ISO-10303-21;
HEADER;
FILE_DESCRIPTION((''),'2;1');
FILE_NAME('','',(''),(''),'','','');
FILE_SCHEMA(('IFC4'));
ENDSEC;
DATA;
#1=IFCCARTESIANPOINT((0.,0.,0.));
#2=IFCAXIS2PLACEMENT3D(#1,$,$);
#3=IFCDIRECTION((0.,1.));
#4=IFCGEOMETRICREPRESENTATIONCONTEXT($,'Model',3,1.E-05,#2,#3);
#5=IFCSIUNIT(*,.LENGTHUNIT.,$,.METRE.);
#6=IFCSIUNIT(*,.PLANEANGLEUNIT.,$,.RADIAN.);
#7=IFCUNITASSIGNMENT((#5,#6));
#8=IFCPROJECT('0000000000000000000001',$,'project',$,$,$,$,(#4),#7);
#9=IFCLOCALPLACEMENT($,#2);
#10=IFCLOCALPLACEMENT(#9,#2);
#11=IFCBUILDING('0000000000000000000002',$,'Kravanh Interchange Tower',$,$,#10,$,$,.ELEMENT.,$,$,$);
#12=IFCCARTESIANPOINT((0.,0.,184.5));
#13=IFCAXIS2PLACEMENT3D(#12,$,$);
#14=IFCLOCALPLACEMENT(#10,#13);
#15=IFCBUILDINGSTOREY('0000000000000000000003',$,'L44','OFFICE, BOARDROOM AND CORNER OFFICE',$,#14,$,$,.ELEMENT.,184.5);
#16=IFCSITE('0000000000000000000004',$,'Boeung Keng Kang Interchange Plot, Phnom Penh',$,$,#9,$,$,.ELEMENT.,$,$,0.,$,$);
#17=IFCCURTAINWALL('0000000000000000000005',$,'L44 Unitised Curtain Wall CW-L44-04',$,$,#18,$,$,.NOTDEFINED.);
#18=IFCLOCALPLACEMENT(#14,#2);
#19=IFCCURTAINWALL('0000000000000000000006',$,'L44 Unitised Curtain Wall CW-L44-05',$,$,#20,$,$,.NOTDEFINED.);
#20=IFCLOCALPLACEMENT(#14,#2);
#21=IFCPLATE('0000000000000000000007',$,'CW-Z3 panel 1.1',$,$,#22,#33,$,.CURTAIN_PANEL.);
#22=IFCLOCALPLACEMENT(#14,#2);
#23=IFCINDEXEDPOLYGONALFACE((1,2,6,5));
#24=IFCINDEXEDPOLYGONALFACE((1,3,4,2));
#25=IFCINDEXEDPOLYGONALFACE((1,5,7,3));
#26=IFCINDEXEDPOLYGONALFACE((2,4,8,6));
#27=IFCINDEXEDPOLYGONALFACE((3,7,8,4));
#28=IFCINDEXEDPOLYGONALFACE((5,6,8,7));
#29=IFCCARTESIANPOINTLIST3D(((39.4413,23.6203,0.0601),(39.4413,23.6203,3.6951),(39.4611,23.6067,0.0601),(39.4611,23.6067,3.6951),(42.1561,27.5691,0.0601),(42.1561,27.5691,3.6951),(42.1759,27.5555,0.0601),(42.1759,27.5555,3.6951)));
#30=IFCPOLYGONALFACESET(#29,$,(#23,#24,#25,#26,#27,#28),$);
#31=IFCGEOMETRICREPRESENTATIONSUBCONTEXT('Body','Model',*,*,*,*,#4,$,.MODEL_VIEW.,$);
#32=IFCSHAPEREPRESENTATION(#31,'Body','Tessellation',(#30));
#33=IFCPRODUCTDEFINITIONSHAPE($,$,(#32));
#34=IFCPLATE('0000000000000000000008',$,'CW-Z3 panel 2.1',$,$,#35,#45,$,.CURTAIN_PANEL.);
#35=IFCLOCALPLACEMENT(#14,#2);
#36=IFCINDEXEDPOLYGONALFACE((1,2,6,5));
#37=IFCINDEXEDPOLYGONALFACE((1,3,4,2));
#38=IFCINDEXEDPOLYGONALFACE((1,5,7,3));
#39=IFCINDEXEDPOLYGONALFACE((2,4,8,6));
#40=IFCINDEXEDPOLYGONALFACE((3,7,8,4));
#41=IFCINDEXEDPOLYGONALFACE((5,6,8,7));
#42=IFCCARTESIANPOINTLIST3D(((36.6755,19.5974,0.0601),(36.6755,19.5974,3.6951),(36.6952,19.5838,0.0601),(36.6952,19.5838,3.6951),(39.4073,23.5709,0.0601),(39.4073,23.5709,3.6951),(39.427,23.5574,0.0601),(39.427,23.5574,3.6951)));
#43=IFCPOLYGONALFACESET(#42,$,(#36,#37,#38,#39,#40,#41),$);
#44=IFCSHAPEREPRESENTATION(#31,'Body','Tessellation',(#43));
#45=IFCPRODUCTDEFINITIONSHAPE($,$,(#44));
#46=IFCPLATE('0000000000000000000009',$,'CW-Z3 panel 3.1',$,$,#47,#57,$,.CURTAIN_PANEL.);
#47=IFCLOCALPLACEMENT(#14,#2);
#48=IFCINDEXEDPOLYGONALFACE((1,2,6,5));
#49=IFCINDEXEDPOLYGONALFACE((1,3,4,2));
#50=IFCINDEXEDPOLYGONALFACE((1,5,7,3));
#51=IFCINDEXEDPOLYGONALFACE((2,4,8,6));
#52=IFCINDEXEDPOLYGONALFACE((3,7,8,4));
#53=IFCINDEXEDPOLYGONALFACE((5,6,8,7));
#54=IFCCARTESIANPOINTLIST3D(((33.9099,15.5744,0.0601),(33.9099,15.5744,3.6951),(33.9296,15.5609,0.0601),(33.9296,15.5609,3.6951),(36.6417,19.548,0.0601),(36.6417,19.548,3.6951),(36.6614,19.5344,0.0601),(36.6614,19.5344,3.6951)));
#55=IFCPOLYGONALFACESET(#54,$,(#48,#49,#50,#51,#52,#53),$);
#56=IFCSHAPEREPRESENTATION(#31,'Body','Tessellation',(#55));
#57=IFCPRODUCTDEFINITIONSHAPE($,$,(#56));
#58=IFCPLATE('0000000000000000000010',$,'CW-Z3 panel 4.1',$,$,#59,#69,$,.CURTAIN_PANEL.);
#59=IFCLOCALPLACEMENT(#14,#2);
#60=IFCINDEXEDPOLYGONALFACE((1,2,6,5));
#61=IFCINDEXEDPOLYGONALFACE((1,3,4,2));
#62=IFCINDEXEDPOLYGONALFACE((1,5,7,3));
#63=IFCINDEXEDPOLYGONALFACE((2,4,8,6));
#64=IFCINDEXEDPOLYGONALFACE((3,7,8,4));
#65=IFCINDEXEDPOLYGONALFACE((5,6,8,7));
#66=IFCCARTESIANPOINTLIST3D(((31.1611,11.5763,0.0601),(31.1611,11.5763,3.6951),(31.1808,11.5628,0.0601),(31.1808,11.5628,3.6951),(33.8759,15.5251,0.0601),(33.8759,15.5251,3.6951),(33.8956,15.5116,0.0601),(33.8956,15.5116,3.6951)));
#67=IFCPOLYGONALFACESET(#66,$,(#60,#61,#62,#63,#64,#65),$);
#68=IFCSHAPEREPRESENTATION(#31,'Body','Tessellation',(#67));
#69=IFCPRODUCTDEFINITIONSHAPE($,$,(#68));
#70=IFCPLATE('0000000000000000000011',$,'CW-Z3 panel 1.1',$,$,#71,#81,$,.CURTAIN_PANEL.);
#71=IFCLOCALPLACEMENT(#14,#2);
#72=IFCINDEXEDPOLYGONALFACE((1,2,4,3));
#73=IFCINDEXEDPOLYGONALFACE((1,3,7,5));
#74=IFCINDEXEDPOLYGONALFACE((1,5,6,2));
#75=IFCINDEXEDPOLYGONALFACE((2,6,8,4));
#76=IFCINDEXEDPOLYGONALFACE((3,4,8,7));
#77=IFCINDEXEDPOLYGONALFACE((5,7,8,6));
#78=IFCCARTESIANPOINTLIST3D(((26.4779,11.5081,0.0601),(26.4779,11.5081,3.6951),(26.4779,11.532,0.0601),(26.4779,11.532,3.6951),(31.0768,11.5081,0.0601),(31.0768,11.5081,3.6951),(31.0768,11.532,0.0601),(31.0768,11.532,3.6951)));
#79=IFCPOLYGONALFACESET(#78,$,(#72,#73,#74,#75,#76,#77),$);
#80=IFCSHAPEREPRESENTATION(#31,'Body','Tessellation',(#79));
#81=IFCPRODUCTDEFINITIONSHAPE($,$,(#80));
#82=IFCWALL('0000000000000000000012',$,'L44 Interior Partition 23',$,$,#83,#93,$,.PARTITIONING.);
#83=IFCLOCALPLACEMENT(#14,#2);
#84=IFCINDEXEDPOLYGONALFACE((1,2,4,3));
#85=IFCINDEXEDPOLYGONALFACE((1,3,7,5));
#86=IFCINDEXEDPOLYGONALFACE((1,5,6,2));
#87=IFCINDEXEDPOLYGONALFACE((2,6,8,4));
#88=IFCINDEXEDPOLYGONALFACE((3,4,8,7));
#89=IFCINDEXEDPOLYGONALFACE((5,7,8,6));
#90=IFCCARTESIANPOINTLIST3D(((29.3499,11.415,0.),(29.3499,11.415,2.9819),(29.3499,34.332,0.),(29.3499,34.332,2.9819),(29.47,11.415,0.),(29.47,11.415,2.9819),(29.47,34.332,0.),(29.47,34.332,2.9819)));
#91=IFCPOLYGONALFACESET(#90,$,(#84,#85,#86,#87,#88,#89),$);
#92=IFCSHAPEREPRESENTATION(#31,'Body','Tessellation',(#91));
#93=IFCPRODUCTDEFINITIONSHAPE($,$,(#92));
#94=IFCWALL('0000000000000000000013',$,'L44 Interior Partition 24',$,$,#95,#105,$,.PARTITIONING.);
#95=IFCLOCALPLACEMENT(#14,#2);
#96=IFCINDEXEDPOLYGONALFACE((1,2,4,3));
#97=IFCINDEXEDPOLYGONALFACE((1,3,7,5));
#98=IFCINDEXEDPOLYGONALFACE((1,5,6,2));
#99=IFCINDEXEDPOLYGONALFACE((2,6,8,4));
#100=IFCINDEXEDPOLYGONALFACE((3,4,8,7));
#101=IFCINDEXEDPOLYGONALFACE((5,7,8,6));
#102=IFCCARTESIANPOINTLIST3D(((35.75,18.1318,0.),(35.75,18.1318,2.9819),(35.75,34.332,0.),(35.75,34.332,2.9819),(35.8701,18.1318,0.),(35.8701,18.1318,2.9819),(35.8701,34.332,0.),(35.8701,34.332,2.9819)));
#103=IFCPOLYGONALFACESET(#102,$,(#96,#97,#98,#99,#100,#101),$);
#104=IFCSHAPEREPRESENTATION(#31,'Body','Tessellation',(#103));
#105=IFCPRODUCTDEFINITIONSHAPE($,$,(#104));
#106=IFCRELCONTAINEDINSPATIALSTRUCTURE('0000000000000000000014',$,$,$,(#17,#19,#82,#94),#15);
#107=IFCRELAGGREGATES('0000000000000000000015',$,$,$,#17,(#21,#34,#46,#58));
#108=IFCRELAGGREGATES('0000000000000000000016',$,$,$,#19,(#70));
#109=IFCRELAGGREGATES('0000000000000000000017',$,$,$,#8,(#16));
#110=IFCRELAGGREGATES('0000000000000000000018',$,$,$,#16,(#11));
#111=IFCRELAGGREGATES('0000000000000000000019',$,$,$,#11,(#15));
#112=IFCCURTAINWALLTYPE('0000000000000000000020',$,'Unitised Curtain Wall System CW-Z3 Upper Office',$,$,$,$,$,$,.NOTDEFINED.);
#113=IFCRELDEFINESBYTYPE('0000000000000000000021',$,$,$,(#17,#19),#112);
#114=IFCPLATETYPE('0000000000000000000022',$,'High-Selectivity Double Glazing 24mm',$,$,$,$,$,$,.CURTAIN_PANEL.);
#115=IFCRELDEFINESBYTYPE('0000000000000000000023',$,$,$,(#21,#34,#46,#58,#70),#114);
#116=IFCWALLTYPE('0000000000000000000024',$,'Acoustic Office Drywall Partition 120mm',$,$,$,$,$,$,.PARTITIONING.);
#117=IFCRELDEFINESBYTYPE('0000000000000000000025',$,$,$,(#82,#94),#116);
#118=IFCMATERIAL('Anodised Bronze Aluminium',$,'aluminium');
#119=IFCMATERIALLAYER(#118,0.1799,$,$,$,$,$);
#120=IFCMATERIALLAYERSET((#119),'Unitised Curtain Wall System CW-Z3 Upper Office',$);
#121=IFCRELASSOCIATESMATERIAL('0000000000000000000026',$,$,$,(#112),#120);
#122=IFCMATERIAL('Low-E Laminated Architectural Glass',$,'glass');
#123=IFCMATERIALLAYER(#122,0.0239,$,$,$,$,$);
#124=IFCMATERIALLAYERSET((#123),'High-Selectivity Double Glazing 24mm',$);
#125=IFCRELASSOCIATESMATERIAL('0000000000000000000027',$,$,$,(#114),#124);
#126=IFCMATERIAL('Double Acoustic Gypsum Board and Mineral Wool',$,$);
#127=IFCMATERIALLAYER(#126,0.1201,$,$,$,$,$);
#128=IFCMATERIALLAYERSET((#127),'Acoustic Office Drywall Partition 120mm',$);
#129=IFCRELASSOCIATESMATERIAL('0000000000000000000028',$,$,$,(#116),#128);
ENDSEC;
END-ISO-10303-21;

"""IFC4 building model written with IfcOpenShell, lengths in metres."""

from ifc_helpers import new_model, si_unit, direction, frame, frame_2d, origin, origin_2d, place, context, subcontext, project, spatial, rectangle, extrude, material, layer, layer_set, type_object, element, aggregate, save


model = new_model("IFC4")

# Units and contexts
model_context = context("Model", 3, precision=1e-05, world=origin(), true_north=direction((0.0, 1.0)))
body_context = subcontext(model_context, "Body", "Model", "MODEL_VIEW")
ifc_project = project(units=[si_unit("LENGTHUNIT", "METRE"), si_unit("PLANEANGLEUNIT", "RADIAN")], contexts=[model_context])

# Site, building, storey
site_placement = place(None, origin())
site = spatial("IfcSite", under=ifc_project, at=site_placement, Name="Boeung Keng Kang Interchange Plot, Phnom Penh", CompositionType="ELEMENT", RefElevation=0.0)
building_placement = place(site_placement, origin())
building = spatial("IfcBuilding", under=site, at=building_placement, Name="Kravanh Interchange Tower", CompositionType="ELEMENT")
storey_placement = place(building_placement, frame((0.0, 0.0, 184.5)))
storey = spatial("IfcBuildingStorey", under=building, at=storey_placement, Name="L44", Description="OFFICE, BOARDROOM AND CORNER OFFICE", CompositionType="ELEMENT", Elevation=184.5)

# Curtain walls
ifc_material_1 = material(Name="Anodised Bronze Aluminium", Category="aluminium")
ifc_layer_1 = layer(ifc_material_1, 0.1799)
ifc_layer_set_1 = layer_set([ifc_layer_1], Name="Unitised Curtain Wall System CW-Z3 Upper Office")
curtain_wall_type = type_object("IfcCurtainWallType", Name="Unitised Curtain Wall System CW-Z3 Upper Office", PredefinedType="NOTDEFINED", material=ifc_layer_set_1)
curtain_wall_1_placement = place(storey_placement, origin())
curtain_wall_1 = element("IfcCurtainWall", 1, at=curtain_wall_1_placement, inside=storey, type_object=curtain_wall_type, Name="L44 Unitised Curtain Wall CW-L44-04", PredefinedType="NOTDEFINED")
curtain_wall_2_placement = place(storey_placement, origin())
curtain_wall_2 = element("IfcCurtainWall", 2, at=curtain_wall_2_placement, inside=storey, type_object=curtain_wall_type, Name="L44 Unitised Curtain Wall CW-L44-05", PredefinedType="NOTDEFINED")

# Plates
ifc_material_2 = material(Name="Low-E Laminated Architectural Glass", Category="glass")
ifc_layer_2 = layer(ifc_material_2, 0.0239)
ifc_layer_set_2 = layer_set([ifc_layer_2], Name="High-Selectivity Double Glazing 24mm")
plate_type = type_object("IfcPlateType", Name="High-Selectivity Double Glazing 24mm", PredefinedType="CURTAIN_PANEL", material=ifc_layer_set_2)
plate_1_placement = place(storey_placement, frame((40.8086, 25.5879, 0.0601), z_axis=(0.0, 0.0, 1.0), x_axis=(-0.566528, -0.824042, 0.0)))
plate_1 = element("IfcPlate", 3, at=plate_1_placement, type_object=plate_type, Name="CW-Z3 panel 1.1", PredefinedType="CURTAIN_PANEL", context=body_context, shape_type="SweptSolid", body=[
    extrude(rectangle(XDim=4.792, YDim=0.0239, at=origin_2d()), origin(), (0.0, 0.0, 1.0), 3.635),
])
plate_2_placement = place(storey_placement, frame((38.0513, 21.5774, 0.0601), z_axis=(0.0, 0.0, 1.0), x_axis=(-0.566528, -0.824042, 0.0)))
plate_2 = element("IfcPlate", 4, at=plate_2_placement, type_object=plate_type, Name="CW-Z3 panel 2.1", PredefinedType="CURTAIN_PANEL", context=body_context, shape_type="SweptSolid", body=[
    extrude(rectangle(XDim=4.822, YDim=0.0239, at=origin_2d()), origin(), (0.0, 0.0, 1.0), 3.635),
])
plate_3_placement = place(storey_placement, frame((35.2856, 17.5544, 0.0601), z_axis=(0.0, 0.0, 1.0), x_axis=(-0.566528, -0.824042, 0.0)))
plate_3 = element("IfcPlate", 5, at=plate_3_placement, type_object=plate_type, Name="CW-Z3 panel 3.1", PredefinedType="CURTAIN_PANEL", context=body_context, shape_type="SweptSolid", body=[
    extrude(rectangle(XDim=4.822, YDim=0.0239, at=origin_2d()), origin(), (0.0, 0.0, 1.0), 3.635),
])
plate_4_placement = place(storey_placement, frame((32.5283, 13.5439, 0.0601), z_axis=(0.0, 0.0, 1.0), x_axis=(-0.566528, -0.824042, 0.0)))
plate_4 = element("IfcPlate", 6, at=plate_4_placement, type_object=plate_type, Name="CW-Z3 panel 4.1", PredefinedType="CURTAIN_PANEL", context=body_context, shape_type="SweptSolid", body=[
    extrude(rectangle(XDim=4.792, YDim=0.0239, at=origin_2d()), origin(), (0.0, 0.0, 1.0), 3.635),
])
aggregate(curtain_wall_1, [plate_1, plate_2, plate_3, plate_4])
plate_5_placement = place(storey_placement, frame((28.7773, 11.52, 0.0601), z_axis=(0.0, 0.0, 1.0), x_axis=(-1.0, 0.0, 0.0)))
plate_5 = element("IfcPlate", 7, at=plate_5_placement, type_object=plate_type, Name="CW-Z3 panel 1.1", PredefinedType="CURTAIN_PANEL", context=body_context, shape_type="SweptSolid", body=[
    extrude(rectangle(XDim=4.5989, YDim=0.0239, at=origin_2d()), origin(), (0.0, 0.0, 1.0), 3.635),
])
aggregate(curtain_wall_2, [plate_5])

# Walls
ifc_material_3 = material(Name="Double Acoustic Gypsum Board and Mineral Wool")
ifc_layer_3 = layer(ifc_material_3, 0.1201)
ifc_layer_set_3 = layer_set([ifc_layer_3], Name="Acoustic Office Drywall Partition 120mm")
wall_type = type_object("IfcWallType", Name="Acoustic Office Drywall Partition 120mm", PredefinedType="PARTITIONING", material=ifc_layer_set_3)
wall_1_placement = place(storey_placement, frame((29.4099, 11.415, 0.0), z_axis=(0.0, 0.0, 1.0), x_axis=(0.0, 1.0, 0.0)))
element("IfcWall", 8, at=wall_1_placement, inside=storey, type_object=wall_type, Name="L44 Interior Partition 23", PredefinedType="PARTITIONING", context=body_context, shape_type="SweptSolid", body=[
    extrude(rectangle(XDim=22.917, YDim=0.1201, at=frame_2d((11.4585, 0.0))), origin(), (0.0, 0.0, 1.0), 2.9819),
])
wall_2_placement = place(storey_placement, frame((35.8101, 18.1318, 0.0), z_axis=(0.0, 0.0, 1.0), x_axis=(0.0, 1.0, 0.0)))
element("IfcWall", 9, at=wall_2_placement, inside=storey, type_object=wall_type, Name="L44 Interior Partition 24", PredefinedType="PARTITIONING", context=body_context, shape_type="SweptSolid", body=[
    extrude(rectangle(XDim=16.2002, YDim=0.1201, at=frame_2d((8.1001, 0.0))), origin(), (0.0, 0.0, 1.0), 2.9819),
])

save(model, "model.ifc")
